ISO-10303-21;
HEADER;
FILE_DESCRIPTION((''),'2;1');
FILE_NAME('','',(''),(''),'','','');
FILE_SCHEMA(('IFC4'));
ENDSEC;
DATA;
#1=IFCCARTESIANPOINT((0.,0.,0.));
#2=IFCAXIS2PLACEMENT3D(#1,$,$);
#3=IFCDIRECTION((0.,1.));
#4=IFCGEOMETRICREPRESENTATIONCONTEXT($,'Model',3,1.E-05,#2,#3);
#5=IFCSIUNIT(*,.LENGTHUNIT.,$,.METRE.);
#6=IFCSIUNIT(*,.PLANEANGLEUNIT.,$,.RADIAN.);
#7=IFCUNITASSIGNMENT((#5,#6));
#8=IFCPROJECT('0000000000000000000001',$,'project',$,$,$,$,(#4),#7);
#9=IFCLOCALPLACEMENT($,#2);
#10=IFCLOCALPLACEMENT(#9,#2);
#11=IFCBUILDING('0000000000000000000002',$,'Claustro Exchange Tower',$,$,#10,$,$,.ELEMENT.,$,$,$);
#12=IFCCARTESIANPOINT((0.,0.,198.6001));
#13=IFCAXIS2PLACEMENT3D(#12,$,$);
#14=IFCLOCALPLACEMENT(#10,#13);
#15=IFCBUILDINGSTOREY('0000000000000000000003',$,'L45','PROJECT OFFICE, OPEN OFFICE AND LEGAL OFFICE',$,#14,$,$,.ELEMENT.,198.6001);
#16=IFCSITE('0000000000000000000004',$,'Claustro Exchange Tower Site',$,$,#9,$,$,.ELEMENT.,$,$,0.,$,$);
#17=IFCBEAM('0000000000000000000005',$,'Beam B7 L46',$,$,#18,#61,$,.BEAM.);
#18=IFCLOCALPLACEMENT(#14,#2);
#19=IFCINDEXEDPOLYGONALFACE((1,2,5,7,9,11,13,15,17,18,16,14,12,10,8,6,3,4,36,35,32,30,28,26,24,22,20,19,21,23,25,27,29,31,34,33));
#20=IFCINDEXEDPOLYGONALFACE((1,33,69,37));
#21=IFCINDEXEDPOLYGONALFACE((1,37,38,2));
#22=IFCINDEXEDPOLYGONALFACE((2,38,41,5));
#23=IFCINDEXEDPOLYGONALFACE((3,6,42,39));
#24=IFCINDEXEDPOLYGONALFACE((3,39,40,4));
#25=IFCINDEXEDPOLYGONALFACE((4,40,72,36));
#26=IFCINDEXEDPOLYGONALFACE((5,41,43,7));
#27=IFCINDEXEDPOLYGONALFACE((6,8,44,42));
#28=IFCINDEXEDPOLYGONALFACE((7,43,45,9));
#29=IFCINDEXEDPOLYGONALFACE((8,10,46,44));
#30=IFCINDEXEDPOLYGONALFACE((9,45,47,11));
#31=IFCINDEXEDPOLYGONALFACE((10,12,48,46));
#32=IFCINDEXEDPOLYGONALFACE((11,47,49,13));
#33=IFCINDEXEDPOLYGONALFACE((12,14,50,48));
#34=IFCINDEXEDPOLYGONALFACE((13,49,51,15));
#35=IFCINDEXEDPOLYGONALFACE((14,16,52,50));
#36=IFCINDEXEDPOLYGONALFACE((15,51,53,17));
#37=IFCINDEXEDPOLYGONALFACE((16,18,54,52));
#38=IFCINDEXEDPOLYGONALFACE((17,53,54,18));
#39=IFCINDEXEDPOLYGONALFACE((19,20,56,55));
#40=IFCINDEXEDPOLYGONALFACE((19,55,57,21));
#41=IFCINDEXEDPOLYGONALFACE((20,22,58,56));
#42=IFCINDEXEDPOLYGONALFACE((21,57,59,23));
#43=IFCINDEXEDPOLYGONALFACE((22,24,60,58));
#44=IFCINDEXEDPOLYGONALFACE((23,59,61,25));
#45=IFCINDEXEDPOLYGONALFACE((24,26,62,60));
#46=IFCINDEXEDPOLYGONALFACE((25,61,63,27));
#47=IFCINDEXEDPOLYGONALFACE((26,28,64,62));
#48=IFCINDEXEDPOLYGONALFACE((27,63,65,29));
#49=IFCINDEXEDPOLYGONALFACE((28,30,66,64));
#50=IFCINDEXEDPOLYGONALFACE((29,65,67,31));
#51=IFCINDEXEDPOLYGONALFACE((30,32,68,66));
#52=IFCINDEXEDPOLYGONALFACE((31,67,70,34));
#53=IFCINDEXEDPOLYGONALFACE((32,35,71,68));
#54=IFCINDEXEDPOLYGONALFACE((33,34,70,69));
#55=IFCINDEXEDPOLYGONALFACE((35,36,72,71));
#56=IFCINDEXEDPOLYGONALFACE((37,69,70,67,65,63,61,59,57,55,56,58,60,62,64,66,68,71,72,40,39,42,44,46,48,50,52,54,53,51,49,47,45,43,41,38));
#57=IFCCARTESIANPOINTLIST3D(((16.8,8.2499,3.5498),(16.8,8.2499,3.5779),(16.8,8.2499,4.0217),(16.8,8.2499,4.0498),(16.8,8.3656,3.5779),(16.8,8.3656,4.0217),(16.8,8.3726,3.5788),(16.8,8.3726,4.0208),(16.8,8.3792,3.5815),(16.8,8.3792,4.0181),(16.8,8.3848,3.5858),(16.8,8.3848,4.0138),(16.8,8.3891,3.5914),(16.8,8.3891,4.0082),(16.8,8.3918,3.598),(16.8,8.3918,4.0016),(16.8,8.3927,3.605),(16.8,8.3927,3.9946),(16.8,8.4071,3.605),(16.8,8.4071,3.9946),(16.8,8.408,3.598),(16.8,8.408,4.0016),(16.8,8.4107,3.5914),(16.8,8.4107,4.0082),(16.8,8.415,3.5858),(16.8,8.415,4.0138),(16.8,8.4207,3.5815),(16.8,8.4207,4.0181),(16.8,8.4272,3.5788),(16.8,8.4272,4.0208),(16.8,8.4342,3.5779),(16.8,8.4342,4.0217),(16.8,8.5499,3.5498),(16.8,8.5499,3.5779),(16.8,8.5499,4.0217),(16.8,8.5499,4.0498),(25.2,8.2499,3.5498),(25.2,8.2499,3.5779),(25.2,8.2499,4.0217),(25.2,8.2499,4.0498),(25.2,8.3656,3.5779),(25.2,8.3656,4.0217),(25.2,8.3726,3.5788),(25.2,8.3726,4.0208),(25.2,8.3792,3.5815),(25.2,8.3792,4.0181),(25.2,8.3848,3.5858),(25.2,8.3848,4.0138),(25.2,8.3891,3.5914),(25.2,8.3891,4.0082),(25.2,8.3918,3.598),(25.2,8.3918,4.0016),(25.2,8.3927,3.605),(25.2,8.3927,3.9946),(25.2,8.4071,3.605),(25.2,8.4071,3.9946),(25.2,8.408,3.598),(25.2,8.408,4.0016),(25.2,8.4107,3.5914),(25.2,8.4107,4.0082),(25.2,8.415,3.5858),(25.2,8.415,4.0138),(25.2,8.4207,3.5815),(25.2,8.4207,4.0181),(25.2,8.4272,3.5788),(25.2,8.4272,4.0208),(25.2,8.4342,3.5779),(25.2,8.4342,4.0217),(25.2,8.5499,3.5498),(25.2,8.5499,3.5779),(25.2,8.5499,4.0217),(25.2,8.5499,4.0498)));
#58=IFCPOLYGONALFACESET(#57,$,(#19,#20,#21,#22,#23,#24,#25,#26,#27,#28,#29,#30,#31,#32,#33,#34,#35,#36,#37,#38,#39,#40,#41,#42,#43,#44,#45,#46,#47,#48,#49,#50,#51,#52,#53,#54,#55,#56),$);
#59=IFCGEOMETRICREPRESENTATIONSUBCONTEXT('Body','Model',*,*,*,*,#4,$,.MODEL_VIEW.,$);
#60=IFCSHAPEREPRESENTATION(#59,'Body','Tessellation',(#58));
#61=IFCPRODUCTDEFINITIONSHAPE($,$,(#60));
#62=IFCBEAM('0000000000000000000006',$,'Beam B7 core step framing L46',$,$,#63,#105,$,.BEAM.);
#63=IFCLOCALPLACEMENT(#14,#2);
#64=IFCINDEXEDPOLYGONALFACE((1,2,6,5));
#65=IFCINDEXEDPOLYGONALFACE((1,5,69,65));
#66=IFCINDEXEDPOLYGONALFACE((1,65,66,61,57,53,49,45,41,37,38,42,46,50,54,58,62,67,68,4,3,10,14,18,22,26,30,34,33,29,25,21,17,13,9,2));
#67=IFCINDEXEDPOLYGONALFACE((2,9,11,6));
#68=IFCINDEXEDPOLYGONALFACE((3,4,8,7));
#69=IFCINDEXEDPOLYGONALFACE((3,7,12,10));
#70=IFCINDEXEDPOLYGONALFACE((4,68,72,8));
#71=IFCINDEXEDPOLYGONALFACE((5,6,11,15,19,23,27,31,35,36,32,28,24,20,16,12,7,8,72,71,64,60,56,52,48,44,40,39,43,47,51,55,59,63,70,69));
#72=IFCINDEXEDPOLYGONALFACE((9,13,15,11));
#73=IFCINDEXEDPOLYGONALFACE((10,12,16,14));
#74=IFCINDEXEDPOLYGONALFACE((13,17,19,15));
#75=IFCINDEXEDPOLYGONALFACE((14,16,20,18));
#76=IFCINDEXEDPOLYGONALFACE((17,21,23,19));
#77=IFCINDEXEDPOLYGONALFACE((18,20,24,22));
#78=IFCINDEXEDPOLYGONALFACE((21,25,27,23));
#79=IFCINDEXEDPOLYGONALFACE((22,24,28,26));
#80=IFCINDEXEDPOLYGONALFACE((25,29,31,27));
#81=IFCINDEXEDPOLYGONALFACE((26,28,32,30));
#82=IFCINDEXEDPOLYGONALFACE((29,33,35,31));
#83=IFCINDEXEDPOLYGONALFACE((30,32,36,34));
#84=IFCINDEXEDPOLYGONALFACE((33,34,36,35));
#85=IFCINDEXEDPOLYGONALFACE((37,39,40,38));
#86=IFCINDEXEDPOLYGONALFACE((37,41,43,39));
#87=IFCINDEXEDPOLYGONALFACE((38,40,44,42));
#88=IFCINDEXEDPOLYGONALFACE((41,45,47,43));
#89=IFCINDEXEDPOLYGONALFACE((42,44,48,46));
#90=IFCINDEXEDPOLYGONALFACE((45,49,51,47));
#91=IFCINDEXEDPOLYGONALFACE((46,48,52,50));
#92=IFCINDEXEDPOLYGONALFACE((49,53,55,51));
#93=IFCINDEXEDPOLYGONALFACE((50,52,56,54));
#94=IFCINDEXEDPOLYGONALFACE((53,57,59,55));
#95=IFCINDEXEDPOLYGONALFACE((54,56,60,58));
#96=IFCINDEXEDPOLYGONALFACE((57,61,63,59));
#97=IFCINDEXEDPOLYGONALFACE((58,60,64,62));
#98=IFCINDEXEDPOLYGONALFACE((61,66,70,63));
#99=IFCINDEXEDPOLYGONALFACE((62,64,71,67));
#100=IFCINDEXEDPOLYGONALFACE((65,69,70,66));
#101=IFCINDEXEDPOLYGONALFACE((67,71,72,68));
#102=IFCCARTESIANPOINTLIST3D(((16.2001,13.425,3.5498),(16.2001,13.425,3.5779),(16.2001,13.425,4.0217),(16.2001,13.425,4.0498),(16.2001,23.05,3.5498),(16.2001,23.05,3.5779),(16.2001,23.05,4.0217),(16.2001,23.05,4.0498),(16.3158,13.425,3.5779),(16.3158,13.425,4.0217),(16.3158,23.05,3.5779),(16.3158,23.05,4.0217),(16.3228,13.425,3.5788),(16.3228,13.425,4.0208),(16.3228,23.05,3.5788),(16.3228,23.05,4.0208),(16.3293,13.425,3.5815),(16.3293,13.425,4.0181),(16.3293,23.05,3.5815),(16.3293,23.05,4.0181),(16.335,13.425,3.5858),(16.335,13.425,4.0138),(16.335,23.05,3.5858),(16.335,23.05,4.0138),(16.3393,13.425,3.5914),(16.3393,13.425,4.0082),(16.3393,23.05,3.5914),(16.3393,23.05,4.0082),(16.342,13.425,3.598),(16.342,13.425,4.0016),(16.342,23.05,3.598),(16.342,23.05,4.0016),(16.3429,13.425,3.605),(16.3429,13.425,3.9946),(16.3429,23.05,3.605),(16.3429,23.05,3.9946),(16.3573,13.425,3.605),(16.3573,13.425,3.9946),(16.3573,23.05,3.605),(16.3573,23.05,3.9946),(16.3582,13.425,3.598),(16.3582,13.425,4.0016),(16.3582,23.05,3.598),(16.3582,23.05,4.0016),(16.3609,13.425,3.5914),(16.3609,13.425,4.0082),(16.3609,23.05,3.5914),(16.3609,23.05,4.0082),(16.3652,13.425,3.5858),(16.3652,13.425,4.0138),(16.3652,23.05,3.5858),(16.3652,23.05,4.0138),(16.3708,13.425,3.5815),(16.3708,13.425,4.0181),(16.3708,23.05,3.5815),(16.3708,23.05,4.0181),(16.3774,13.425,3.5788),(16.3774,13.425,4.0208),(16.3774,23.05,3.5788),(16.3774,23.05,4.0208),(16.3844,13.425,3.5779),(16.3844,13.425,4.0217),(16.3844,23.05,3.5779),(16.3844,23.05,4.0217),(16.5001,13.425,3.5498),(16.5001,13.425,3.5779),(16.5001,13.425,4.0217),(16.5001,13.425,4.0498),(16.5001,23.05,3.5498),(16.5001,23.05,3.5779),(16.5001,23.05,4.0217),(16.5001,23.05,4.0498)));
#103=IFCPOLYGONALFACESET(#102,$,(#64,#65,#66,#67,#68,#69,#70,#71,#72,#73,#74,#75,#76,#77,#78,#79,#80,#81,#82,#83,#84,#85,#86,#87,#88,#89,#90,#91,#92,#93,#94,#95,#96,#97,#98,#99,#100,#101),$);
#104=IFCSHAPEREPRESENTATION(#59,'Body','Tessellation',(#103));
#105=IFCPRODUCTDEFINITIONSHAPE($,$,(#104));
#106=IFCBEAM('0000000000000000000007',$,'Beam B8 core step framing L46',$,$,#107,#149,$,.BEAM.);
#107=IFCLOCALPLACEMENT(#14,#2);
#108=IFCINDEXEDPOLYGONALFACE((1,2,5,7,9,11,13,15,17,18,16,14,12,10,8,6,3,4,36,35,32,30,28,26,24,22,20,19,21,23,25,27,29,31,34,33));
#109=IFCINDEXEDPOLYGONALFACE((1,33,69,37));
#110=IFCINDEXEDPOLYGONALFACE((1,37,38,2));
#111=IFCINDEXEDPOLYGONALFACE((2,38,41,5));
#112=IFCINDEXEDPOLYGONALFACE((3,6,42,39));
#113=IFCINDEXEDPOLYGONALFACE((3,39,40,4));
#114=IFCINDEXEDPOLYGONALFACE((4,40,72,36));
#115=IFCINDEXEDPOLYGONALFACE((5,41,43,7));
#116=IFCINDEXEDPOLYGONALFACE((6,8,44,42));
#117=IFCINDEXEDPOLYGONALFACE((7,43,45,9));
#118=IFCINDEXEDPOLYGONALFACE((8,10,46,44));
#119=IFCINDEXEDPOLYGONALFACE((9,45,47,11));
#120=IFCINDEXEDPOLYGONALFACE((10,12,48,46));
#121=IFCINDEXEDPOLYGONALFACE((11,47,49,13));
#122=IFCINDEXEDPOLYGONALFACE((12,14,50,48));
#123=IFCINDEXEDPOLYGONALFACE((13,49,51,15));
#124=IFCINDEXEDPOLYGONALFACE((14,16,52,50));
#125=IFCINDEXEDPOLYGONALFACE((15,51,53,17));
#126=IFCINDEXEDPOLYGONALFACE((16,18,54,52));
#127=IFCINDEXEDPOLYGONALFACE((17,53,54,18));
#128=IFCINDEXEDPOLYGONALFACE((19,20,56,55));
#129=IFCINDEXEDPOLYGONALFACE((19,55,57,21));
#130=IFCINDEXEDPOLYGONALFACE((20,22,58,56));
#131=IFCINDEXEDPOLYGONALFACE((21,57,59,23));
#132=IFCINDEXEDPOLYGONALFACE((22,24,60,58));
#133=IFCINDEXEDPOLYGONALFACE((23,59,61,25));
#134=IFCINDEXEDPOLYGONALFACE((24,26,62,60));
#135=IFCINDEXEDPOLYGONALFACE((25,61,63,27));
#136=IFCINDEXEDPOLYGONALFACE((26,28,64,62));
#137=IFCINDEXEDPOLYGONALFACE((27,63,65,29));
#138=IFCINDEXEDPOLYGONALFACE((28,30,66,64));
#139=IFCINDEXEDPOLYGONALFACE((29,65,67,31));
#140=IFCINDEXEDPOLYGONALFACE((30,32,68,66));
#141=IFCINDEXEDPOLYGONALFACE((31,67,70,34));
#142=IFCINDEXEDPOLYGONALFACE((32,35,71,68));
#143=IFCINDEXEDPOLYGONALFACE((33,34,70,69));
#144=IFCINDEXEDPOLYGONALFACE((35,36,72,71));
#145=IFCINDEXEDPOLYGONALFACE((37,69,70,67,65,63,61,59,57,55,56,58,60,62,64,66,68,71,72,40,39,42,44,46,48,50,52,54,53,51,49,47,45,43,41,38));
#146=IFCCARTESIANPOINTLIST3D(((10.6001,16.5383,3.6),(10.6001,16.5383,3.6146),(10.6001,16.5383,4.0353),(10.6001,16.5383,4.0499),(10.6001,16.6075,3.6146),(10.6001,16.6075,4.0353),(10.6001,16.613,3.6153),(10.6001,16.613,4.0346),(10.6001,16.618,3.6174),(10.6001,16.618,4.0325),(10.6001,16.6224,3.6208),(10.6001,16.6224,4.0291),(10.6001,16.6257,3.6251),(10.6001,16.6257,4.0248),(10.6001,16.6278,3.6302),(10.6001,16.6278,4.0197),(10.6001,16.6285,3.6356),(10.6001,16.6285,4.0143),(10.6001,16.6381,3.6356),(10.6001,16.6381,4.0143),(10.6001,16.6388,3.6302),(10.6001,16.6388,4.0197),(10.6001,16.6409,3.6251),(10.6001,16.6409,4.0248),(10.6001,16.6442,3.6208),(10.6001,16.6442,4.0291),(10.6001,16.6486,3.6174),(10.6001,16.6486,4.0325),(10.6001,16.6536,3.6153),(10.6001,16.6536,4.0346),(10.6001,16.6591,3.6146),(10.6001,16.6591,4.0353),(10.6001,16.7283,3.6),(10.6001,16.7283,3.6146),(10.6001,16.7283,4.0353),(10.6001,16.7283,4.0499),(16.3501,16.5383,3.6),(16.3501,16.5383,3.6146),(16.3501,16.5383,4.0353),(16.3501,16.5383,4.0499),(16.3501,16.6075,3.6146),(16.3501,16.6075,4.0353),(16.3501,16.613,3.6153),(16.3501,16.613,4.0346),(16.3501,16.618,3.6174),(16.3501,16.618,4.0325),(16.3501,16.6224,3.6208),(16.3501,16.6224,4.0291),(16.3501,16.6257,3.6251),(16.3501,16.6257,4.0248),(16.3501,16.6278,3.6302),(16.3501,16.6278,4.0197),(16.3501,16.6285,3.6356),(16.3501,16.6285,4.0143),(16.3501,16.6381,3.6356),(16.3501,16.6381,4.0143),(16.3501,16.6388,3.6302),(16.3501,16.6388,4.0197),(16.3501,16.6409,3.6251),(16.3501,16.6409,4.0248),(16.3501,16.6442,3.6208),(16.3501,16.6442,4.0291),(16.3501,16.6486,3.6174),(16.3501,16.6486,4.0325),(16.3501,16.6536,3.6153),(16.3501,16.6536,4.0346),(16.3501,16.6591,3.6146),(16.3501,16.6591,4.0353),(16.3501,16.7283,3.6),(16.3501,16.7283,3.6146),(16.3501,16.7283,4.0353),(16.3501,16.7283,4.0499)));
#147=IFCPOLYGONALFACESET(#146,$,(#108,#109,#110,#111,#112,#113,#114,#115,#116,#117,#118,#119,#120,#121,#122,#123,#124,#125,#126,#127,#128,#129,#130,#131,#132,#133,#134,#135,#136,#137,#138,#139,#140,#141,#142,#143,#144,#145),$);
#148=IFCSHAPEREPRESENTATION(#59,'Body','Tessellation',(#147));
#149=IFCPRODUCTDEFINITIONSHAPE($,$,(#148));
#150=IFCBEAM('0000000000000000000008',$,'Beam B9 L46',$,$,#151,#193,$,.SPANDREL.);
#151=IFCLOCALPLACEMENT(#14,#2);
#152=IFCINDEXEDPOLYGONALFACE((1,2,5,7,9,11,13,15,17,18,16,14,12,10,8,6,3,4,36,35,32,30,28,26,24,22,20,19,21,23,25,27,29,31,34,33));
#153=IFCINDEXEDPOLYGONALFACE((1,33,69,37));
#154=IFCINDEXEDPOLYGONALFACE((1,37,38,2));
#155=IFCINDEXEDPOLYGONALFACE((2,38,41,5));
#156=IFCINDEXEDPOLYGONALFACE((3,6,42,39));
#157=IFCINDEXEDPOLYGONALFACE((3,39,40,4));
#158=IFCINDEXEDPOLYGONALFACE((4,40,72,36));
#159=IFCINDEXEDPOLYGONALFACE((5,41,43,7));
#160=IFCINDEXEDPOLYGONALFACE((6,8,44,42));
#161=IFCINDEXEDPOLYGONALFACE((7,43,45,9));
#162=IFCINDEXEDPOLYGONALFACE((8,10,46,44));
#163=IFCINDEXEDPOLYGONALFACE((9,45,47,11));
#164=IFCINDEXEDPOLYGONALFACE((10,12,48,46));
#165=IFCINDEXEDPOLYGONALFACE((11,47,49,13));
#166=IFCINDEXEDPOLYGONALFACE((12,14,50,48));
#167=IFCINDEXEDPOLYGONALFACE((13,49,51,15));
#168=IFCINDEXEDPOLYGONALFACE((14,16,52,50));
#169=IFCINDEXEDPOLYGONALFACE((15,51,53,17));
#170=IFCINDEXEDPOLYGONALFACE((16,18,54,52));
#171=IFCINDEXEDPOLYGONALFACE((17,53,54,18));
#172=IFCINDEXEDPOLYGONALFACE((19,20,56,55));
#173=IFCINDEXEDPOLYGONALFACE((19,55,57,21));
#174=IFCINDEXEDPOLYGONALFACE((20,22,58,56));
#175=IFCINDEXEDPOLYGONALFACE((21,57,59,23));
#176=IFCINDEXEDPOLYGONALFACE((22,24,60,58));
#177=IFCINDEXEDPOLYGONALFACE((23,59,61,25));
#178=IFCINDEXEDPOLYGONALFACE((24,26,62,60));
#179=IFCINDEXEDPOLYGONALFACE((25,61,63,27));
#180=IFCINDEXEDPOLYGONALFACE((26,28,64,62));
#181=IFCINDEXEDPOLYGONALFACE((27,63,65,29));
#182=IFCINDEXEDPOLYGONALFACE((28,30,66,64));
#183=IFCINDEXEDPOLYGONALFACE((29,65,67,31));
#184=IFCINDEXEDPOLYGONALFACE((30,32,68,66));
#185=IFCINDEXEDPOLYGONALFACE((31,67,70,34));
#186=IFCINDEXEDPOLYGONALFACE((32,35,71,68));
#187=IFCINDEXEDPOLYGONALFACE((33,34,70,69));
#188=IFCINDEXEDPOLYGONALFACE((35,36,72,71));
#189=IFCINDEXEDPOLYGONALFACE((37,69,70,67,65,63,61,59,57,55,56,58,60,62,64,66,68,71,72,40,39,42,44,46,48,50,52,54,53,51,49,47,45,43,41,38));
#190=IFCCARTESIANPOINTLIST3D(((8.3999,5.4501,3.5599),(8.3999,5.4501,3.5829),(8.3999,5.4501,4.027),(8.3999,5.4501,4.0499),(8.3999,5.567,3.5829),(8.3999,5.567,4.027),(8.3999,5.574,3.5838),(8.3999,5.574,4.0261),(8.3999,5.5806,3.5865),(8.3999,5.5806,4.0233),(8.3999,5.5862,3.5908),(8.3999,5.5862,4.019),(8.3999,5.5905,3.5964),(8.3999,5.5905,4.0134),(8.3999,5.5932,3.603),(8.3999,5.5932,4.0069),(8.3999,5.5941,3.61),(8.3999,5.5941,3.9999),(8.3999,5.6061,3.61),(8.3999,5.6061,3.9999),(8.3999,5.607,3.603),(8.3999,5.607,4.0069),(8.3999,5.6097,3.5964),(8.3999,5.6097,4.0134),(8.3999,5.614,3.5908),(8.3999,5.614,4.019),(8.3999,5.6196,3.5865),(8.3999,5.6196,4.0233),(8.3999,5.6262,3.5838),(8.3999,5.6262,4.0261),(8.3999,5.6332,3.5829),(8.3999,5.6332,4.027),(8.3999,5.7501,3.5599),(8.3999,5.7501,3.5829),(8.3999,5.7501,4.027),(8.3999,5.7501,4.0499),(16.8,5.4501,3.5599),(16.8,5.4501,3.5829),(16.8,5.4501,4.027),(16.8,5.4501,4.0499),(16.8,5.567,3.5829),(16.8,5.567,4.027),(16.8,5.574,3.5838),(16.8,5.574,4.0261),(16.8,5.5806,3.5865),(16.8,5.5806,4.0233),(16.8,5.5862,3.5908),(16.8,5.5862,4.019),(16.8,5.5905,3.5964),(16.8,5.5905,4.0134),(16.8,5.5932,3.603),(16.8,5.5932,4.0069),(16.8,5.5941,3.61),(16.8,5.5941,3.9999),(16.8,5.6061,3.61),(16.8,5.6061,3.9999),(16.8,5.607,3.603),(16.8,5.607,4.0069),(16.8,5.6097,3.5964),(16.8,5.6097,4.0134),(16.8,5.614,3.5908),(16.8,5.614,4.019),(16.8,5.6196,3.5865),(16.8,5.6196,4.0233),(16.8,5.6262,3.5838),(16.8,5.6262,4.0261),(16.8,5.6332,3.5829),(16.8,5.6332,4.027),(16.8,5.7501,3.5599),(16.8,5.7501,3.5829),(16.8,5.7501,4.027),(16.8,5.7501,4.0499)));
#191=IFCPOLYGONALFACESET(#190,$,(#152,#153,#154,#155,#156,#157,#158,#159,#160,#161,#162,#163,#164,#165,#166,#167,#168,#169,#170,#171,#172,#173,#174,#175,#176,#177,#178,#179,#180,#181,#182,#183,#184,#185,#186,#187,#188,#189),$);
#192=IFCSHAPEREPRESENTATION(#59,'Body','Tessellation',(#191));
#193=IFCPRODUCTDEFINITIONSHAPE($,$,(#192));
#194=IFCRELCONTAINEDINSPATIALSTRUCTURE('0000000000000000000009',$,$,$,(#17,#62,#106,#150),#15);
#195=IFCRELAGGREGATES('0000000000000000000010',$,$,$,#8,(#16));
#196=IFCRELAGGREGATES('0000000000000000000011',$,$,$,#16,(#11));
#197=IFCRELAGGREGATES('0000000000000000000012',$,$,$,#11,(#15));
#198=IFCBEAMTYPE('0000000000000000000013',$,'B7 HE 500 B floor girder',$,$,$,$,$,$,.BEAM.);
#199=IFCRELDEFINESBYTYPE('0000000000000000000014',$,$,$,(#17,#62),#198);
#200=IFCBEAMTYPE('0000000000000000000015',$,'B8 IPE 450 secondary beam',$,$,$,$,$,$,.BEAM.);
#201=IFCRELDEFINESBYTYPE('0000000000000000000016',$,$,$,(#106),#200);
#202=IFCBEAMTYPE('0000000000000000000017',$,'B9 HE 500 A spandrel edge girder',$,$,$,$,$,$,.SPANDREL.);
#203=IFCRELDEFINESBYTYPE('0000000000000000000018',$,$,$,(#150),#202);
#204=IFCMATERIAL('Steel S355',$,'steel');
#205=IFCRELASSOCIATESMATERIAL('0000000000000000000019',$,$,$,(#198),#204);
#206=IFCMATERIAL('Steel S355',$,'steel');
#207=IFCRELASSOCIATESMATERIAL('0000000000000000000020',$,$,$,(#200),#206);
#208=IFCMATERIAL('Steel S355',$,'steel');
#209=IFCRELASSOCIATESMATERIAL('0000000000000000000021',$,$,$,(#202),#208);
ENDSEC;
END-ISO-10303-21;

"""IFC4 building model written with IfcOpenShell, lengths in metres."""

from ifc_helpers import new_model, si_unit, direction, frame, origin, origin_2d, place, context, subcontext, project, spatial, i_section, extrude, material, material_profile, profile_set, type_object, element, save


model = new_model("IFC4")

# Units and contexts
model_context = context("Model", 3, precision=1e-05, world=origin(), true_north=direction((0.0, 1.0)))
body_context = subcontext(model_context, "Body", "Model", "MODEL_VIEW")
ifc_project = project(units=[si_unit("LENGTHUNIT", "METRE"), si_unit("PLANEANGLEUNIT", "RADIAN")], contexts=[model_context])

# Site, building, storey
site_placement = place(None, origin())
site = spatial("IfcSite", under=ifc_project, at=site_placement, Name="Claustro Exchange Tower Site", CompositionType="ELEMENT", RefElevation=0.0)
building_placement = place(site_placement, origin())
building = spatial("IfcBuilding", under=site, at=building_placement, Name="Claustro Exchange Tower", CompositionType="ELEMENT")
storey_placement = place(building_placement, frame((0.0, 0.0, 198.6001)))
storey = spatial("IfcBuildingStorey", under=building, at=storey_placement, Name="L45", Description="PROJECT OFFICE, OPEN OFFICE AND LEGAL OFFICE", CompositionType="ELEMENT", Elevation=198.6001)

# Beams
ifc_material_1 = material(Name="Steel S355", Category="steel")
ifc_material_profile_1 = material_profile(ifc_material_1, i_section(OverallWidth=0.3, OverallDepth=0.5, WebThickness=0.0144, FlangeThickness=0.0281, FilletRadius=0.0271, at=origin_2d()), Name="HE 500 B")
ifc_profile_set_1 = profile_set([ifc_material_profile_1], Name="Steel S355")
beam_type_1 = type_object("IfcBeamType", Name="B7 HE 500 B floor girder", PredefinedType="BEAM", material=ifc_profile_set_1)
beam_1_placement = place(storey_placement, frame((16.8, 8.3999, 3.7998), z_axis=(1.0, 0.0, 0.0), x_axis=(0.0, 1.0, 0.0)))
element("IfcBeam", 1, at=beam_1_placement, inside=storey, type_object=beam_type_1, Name="Beam B7 L46", PredefinedType="BEAM", context=body_context, shape_type="SweptSolid", body=[
    extrude(i_section(OverallWidth=0.3, OverallDepth=0.5, WebThickness=0.0144, FlangeThickness=0.0281, FilletRadius=0.0271, at=origin_2d()), origin(), (0.0, 0.0, 1.0), 8.3999),
])
beam_2_placement = place(storey_placement, frame((16.3501, 13.425, 3.7998), z_axis=(0.0, 1.0, 0.0), x_axis=(-1.0, 0.0, 0.0)))
element("IfcBeam", 2, at=beam_2_placement, inside=storey, type_object=beam_type_1, Name="Beam B7 core step framing L46", PredefinedType="BEAM", context=body_context, shape_type="SweptSolid", body=[
    extrude(i_section(OverallWidth=0.3, OverallDepth=0.5, WebThickness=0.0144, FlangeThickness=0.0281, FilletRadius=0.0271, at=origin_2d()), origin(), (0.0, 0.0, 1.0), 9.625),
])
ifc_material_2 = material(Name="Steel S355", Category="steel")
ifc_material_profile_2 = material_profile(ifc_material_2, i_section(OverallWidth=0.1899, OverallDepth=0.45, WebThickness=0.0095, FlangeThickness=0.0146, FilletRadius=0.021, at=origin_2d()), Name="IPE 450")
ifc_profile_set_2 = profile_set([ifc_material_profile_2], Name="Steel S355")
beam_type_2 = type_object("IfcBeamType", Name="B8 IPE 450 secondary beam", PredefinedType="BEAM", material=ifc_profile_set_2)
beam_3_placement = place(storey_placement, frame((10.6001, 16.6333, 3.825), z_axis=(1.0, 0.0, 0.0), x_axis=(0.0, 1.0, 0.0)))
element("IfcBeam", 3, at=beam_3_placement, inside=storey, type_object=beam_type_2, Name="Beam B8 core step framing L46", PredefinedType="BEAM", context=body_context, shape_type="SweptSolid", body=[
    extrude(i_section(OverallWidth=0.1899, OverallDepth=0.45, WebThickness=0.0095, FlangeThickness=0.0146, FilletRadius=0.021, at=origin_2d()), origin(), (0.0, 0.0, 1.0), 5.75),
])
ifc_material_3 = material(Name="Steel S355", Category="steel")
ifc_material_profile_3 = material_profile(ifc_material_3, i_section(OverallWidth=0.3, OverallDepth=0.49, WebThickness=0.012, FlangeThickness=0.0229, FilletRadius=0.0271, at=origin_2d()), Name="HE 500 A")
ifc_profile_set_3 = profile_set([ifc_material_profile_3], Name="Steel S355")
beam_type_3 = type_object("IfcBeamType", Name="B9 HE 500 A spandrel edge girder", PredefinedType="SPANDREL", material=ifc_profile_set_3)
beam_4_placement = place(storey_placement, frame((8.3999, 5.6001, 3.8049), z_axis=(1.0, 0.0, 0.0), x_axis=(0.0, 1.0, 0.0)))
element("IfcBeam", 4, at=beam_4_placement, inside=storey, type_object=beam_type_3, Name="Beam B9 L46", PredefinedType="SPANDREL", context=body_context, shape_type="SweptSolid", body=[
    extrude(i_section(OverallWidth=0.3, OverallDepth=0.49, WebThickness=0.012, FlangeThickness=0.0229, FilletRadius=0.0271, at=origin_2d()), origin(), (0.0, 0.0, 1.0), 8.4001),
])

save(model, "model.ifc")
